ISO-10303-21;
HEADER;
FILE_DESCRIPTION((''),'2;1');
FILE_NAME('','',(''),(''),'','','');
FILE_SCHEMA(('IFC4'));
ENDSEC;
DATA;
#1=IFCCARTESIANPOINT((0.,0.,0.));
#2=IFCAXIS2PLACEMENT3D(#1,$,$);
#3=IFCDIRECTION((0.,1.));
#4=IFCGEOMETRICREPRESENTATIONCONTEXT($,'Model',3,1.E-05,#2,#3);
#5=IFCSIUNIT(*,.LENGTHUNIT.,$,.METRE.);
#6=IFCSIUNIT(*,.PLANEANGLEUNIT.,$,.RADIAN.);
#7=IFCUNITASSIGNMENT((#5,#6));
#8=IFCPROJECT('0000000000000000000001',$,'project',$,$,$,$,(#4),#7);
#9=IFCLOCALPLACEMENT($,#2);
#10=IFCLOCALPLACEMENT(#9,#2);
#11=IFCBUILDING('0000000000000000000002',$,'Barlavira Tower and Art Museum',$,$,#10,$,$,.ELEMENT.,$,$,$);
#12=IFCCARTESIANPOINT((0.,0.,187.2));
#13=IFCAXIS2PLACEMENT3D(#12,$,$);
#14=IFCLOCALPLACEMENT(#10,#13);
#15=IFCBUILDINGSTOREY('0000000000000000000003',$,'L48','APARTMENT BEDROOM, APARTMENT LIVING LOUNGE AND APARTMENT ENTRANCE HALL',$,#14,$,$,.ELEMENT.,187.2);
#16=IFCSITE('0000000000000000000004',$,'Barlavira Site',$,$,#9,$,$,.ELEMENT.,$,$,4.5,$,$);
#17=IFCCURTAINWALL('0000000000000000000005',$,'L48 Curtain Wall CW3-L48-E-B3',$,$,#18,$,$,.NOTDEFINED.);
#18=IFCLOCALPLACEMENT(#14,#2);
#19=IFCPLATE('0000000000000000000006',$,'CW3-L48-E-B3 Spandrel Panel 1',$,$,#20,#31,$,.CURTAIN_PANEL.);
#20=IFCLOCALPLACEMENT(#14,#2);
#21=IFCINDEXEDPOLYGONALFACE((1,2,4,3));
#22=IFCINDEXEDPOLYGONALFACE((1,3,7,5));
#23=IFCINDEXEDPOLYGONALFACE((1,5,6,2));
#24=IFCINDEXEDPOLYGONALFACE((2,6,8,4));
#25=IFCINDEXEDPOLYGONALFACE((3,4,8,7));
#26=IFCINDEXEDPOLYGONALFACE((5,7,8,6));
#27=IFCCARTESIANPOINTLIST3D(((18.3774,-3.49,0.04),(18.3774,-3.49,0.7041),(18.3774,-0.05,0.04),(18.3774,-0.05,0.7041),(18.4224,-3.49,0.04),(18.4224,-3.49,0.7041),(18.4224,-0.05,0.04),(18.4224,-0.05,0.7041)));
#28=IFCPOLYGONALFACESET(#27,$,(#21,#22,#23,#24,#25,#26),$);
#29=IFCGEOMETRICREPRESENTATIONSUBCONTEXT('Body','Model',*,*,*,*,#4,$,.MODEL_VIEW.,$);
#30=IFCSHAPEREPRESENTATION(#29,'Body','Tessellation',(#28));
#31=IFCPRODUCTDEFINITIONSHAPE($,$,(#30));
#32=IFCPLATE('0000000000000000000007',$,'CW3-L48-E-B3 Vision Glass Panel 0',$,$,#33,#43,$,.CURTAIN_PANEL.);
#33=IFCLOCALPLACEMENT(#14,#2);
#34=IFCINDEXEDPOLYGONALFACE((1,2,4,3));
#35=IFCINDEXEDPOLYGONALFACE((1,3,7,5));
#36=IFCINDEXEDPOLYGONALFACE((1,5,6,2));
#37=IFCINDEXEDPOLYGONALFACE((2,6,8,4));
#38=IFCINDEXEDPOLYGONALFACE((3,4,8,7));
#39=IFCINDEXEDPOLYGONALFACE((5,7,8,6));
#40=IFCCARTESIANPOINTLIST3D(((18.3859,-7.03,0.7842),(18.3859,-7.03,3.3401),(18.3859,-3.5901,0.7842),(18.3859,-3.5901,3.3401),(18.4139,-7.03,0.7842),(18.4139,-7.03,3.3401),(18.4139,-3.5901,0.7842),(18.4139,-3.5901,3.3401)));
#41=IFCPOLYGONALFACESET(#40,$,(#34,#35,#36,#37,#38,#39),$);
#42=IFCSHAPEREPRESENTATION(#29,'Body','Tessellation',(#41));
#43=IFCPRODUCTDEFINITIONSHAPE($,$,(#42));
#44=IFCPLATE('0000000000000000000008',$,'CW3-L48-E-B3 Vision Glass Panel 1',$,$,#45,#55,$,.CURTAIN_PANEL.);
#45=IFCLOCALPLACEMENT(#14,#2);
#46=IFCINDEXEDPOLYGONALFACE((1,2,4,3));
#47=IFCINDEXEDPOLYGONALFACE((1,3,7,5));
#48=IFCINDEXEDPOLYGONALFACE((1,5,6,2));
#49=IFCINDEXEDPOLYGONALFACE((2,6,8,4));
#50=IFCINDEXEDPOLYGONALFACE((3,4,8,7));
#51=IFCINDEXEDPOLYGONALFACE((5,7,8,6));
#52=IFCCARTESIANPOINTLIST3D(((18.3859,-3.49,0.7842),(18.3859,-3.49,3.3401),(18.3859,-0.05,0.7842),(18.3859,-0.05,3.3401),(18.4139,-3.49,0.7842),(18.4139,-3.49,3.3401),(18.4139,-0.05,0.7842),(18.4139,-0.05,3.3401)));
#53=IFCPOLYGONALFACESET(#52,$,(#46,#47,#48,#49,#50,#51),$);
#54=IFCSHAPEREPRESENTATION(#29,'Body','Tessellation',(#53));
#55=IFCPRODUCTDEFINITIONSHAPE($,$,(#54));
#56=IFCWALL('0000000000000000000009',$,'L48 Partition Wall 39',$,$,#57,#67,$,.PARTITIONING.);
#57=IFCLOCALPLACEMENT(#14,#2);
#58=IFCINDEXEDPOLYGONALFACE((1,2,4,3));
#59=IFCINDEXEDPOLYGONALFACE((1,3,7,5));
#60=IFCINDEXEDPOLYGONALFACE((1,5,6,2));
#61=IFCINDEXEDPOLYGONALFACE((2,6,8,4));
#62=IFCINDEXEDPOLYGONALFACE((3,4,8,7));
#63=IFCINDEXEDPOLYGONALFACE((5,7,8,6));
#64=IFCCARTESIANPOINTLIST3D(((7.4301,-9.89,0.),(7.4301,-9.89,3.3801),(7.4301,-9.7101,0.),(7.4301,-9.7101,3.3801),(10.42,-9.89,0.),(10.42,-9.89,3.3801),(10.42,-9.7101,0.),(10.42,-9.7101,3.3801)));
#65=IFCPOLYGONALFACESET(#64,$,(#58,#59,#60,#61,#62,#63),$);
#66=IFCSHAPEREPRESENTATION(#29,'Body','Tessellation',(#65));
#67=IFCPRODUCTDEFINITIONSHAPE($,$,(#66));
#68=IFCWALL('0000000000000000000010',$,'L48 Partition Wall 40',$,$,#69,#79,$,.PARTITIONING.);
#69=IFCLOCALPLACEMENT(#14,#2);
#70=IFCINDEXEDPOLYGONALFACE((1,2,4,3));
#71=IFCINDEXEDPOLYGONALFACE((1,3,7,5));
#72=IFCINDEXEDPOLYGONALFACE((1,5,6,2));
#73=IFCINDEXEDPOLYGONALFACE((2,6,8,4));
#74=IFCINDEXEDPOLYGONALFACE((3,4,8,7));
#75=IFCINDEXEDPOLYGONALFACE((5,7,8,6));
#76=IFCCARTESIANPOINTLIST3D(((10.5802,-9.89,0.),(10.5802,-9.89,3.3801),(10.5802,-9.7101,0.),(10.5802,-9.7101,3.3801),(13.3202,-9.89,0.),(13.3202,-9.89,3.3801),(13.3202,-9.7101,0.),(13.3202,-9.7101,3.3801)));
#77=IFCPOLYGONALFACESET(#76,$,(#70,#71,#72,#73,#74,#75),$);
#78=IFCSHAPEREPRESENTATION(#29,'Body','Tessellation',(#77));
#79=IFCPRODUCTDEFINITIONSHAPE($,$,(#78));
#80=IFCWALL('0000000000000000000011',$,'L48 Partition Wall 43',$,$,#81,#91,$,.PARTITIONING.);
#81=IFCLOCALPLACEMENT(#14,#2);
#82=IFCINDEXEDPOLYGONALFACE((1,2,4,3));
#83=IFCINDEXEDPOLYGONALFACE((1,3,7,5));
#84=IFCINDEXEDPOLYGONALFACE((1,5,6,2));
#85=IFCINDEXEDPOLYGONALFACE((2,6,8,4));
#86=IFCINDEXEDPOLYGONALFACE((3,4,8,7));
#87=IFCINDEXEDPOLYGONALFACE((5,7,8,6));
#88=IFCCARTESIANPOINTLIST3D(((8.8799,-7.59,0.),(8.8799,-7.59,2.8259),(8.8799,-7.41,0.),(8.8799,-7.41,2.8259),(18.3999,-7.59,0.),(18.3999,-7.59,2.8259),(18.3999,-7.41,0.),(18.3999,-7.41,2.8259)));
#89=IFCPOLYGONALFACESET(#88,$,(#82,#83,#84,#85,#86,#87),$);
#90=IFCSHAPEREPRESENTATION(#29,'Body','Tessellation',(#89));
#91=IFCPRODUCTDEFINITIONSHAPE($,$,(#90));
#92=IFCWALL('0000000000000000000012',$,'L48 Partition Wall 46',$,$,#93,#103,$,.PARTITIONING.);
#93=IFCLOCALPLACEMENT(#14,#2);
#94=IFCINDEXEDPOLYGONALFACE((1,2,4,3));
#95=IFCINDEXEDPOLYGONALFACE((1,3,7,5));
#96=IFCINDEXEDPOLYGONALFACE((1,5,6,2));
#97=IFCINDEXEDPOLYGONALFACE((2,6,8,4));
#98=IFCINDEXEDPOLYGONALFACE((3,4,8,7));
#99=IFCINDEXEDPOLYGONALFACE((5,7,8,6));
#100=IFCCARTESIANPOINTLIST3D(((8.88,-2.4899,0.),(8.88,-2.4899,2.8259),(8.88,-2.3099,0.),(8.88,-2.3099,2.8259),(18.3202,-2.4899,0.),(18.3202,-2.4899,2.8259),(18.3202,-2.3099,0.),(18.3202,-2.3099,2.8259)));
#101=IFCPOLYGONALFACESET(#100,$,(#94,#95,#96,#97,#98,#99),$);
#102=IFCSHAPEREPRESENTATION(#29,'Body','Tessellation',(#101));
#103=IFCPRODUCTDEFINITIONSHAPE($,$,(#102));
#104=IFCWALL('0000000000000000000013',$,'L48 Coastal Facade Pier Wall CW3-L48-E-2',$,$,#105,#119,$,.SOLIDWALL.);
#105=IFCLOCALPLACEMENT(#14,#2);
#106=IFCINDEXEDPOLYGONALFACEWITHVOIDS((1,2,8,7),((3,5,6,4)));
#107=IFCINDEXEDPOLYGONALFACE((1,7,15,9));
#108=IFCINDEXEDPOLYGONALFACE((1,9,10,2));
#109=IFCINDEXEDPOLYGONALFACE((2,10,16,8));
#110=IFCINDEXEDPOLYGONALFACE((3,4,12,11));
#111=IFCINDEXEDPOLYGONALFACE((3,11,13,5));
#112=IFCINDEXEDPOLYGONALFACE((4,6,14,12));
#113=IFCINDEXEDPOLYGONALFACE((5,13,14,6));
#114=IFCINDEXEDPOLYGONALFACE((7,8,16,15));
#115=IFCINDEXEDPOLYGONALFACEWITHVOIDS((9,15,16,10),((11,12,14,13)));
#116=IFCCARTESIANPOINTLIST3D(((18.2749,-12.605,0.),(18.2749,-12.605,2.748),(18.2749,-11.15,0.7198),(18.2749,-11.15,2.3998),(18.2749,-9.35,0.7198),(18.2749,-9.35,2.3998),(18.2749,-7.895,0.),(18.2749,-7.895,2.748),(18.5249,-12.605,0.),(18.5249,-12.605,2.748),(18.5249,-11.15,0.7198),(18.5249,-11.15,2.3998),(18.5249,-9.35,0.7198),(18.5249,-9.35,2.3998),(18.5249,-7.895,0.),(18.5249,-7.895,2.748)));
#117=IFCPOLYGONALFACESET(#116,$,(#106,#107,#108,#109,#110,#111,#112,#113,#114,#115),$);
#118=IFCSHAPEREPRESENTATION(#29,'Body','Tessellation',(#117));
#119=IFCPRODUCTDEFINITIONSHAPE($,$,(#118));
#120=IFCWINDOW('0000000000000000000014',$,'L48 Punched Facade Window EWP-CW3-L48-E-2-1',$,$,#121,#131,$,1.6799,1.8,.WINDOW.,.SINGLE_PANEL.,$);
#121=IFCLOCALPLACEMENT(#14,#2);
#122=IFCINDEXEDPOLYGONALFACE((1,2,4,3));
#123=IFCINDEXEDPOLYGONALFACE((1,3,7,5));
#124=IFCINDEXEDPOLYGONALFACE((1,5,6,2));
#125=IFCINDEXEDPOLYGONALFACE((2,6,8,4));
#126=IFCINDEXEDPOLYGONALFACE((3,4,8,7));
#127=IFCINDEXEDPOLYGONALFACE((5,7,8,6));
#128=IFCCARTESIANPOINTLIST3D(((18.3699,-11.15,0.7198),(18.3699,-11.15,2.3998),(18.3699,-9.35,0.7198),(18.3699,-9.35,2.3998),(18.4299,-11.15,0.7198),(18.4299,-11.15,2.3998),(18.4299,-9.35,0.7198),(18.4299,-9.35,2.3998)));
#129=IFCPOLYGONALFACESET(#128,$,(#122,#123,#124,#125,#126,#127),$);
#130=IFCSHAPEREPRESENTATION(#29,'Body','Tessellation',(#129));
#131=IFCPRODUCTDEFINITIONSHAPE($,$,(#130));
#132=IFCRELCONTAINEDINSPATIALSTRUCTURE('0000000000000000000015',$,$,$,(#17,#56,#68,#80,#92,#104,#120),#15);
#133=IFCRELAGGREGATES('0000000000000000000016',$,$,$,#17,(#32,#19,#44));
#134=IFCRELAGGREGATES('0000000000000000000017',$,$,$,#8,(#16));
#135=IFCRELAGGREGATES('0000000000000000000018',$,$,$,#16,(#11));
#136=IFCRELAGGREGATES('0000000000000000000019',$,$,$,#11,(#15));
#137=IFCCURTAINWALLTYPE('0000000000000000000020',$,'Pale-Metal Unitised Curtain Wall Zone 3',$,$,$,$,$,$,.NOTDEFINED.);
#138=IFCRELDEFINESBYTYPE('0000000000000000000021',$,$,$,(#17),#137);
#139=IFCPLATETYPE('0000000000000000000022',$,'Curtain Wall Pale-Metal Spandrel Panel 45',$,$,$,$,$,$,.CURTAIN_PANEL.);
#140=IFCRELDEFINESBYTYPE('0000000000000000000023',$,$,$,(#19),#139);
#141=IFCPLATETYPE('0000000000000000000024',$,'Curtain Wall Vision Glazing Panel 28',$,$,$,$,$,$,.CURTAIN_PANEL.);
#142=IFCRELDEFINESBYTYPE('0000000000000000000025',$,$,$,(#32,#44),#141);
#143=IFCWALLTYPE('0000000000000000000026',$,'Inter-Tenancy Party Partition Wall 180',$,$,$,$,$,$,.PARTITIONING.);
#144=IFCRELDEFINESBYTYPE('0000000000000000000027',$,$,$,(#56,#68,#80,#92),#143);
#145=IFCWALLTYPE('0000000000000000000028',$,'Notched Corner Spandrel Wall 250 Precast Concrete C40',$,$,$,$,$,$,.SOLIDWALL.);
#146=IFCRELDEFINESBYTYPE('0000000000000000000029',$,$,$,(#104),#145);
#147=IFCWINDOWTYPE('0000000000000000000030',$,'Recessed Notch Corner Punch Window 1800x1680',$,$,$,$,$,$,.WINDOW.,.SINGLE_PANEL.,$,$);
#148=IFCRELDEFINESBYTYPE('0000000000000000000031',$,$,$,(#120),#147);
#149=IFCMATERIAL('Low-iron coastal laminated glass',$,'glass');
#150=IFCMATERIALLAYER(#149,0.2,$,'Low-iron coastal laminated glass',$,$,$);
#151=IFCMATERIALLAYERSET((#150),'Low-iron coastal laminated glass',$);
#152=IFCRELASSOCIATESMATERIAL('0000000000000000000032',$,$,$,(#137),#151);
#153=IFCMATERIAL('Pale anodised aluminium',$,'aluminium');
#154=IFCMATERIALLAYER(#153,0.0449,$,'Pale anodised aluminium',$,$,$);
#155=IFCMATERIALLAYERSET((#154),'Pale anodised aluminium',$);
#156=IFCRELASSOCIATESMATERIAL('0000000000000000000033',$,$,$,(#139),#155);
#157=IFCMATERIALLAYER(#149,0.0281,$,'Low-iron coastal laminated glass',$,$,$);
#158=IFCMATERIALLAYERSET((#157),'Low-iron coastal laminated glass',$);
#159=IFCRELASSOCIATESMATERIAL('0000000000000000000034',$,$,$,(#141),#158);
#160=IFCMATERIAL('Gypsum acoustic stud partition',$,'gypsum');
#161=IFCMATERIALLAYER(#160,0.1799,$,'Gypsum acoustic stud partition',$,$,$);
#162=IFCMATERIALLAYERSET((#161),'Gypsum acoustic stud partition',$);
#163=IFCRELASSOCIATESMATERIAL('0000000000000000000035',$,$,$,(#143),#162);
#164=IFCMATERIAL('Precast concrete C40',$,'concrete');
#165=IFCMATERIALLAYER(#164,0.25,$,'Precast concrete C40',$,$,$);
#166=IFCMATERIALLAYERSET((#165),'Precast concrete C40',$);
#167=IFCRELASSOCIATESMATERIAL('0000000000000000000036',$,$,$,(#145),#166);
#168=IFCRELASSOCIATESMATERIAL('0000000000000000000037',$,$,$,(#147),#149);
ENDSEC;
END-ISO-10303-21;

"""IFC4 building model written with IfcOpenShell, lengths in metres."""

from ifc_helpers import new_model, si_unit, direction, frame, frame_2d, origin, origin_2d, place, context, subcontext, project, spatial, rectangle, extrude, material, layer, layer_set, type_object, element, fill, aggregate, save


model = new_model("IFC4")

# Units and contexts
model_context = context("Model", 3, precision=1e-05, world=origin(), true_north=direction((0.0, 1.0)))
body_context = subcontext(model_context, "Body", "Model", "MODEL_VIEW")
ifc_project = project(units=[si_unit("LENGTHUNIT", "METRE"), si_unit("PLANEANGLEUNIT", "RADIAN")], contexts=[model_context])

# Site, building, storey
site_placement = place(None, origin())
site = spatial("IfcSite", under=ifc_project, at=site_placement, Name="Barlavira Site", CompositionType="ELEMENT", RefElevation=4.5)
building_placement = place(site_placement, origin())
building = spatial("IfcBuilding", under=site, at=building_placement, Name="Barlavira Tower and Art Museum", CompositionType="ELEMENT")
storey_placement = place(building_placement, frame((0.0, 0.0, 187.2)))
storey = spatial("IfcBuildingStorey", under=building, at=storey_placement, Name="L48", Description="APARTMENT BEDROOM, APARTMENT LIVING LOUNGE AND APARTMENT ENTRANCE HALL", CompositionType="ELEMENT", Elevation=187.2)

# Curtain wall
ifc_material_1 = material(Name="Low-iron coastal laminated glass", Category="glass")
ifc_layer_1 = layer(ifc_material_1, 0.2, Name="Low-iron coastal laminated glass")
ifc_layer_set_1 = layer_set([ifc_layer_1], Name="Low-iron coastal laminated glass")
curtain_wall_type = type_object("IfcCurtainWallType", Name="Pale-Metal Unitised Curtain Wall Zone 3", PredefinedType="NOTDEFINED", material=ifc_layer_set_1)
curtain_wall_placement = place(storey_placement, origin())
curtain_wall = element("IfcCurtainWall", 1, at=curtain_wall_placement, inside=storey, type_object=curtain_wall_type, Name="L48 Curtain Wall CW3-L48-E-B3", PredefinedType="NOTDEFINED")
ifc_material_2 = material(Name="Pale anodised aluminium", Category="aluminium")

# Plates
ifc_layer_2 = layer(ifc_material_2, 0.0449, Name="Pale anodised aluminium")
ifc_layer_set_2 = layer_set([ifc_layer_2], Name="Pale anodised aluminium")
plate_type_1 = type_object("IfcPlateType", Name="Curtain Wall Pale-Metal Spandrel Panel 45", PredefinedType="CURTAIN_PANEL", material=ifc_layer_set_2)
plate_1_placement = place(storey_placement, frame((18.3999, -1.77, 0.04), z_axis=(0.0, 0.0, 1.0), x_axis=(0.0, 1.0, 0.0)))
plate_1 = element("IfcPlate", 2, at=plate_1_placement, type_object=plate_type_1, Name="CW3-L48-E-B3 Spandrel Panel 1", PredefinedType="CURTAIN_PANEL", context=body_context, shape_type="SweptSolid", body=[
    extrude(rectangle(XDim=3.4399, YDim=0.0449, at=origin_2d()), origin(), (0.0, 0.0, 1.0), 0.6641),
])
ifc_layer_3 = layer(ifc_material_1, 0.0281, Name="Low-iron coastal laminated glass")
ifc_layer_set_3 = layer_set([ifc_layer_3], Name="Low-iron coastal laminated glass")
plate_type_2 = type_object("IfcPlateType", Name="Curtain Wall Vision Glazing Panel 28", PredefinedType="CURTAIN_PANEL", material=ifc_layer_set_3)
plate_2_placement = place(storey_placement, frame((18.3999, -5.3101, 0.7842), z_axis=(0.0, 0.0, 1.0), x_axis=(0.0, 1.0, 0.0)))
plate_2 = element("IfcPlate", 3, at=plate_2_placement, type_object=plate_type_2, Name="CW3-L48-E-B3 Vision Glass Panel 0", PredefinedType="CURTAIN_PANEL", context=body_context, shape_type="SweptSolid", body=[
    extrude(rectangle(XDim=3.4399, YDim=0.0281, at=origin_2d()), origin(), (0.0, 0.0, 1.0), 2.5559),
])
plate_3_placement = place(storey_placement, frame((18.3999, -1.77, 0.7842), z_axis=(0.0, 0.0, 1.0), x_axis=(0.0, 1.0, 0.0)))
plate_3 = element("IfcPlate", 4, at=plate_3_placement, type_object=plate_type_2, Name="CW3-L48-E-B3 Vision Glass Panel 1", PredefinedType="CURTAIN_PANEL", context=body_context, shape_type="SweptSolid", body=[
    extrude(rectangle(XDim=3.4399, YDim=0.0281, at=origin_2d()), origin(), (0.0, 0.0, 1.0), 2.5559),
])
aggregate(curtain_wall, [plate_2, plate_1, plate_3])

# Shared definitions
ifc_material_3 = material(Name="Gypsum acoustic stud partition", Category="gypsum")
ifc_layer_4 = layer(ifc_material_3, 0.1799, Name="Gypsum acoustic stud partition")
ifc_layer_set_4 = layer_set([ifc_layer_4], Name="Gypsum acoustic stud partition")
wall_type_1 = type_object("IfcWallType", Name="Inter-Tenancy Party Partition Wall 180", PredefinedType="PARTITIONING", material=ifc_layer_set_4)

# Walls
wall_1_placement = place(storey_placement, frame((7.4299, -9.8, 0.0), z_axis=(0.0, 0.0, 1.0), x_axis=(1.0, 0.0, 0.0)))
element("IfcWall", 5, at=wall_1_placement, inside=storey, type_object=wall_type_1, Name="L48 Partition Wall 39", PredefinedType="PARTITIONING", context=body_context, shape_type="SweptSolid", body=[
    extrude(rectangle(XDim=2.99, YDim=0.1799, at=frame_2d((1.4951, 0.0))), origin(), (0.0, 0.0, 1.0), 3.3801),
])
wall_2_placement = place(storey_placement, frame((10.5801, -9.8, 0.0), z_axis=(0.0, 0.0, 1.0), x_axis=(1.0, 0.0, 0.0)))
element("IfcWall", 6, at=wall_2_placement, inside=storey, type_object=wall_type_1, Name="L48 Partition Wall 40", PredefinedType="PARTITIONING", context=body_context, shape_type="SweptSolid", body=[
    extrude(rectangle(XDim=2.74, YDim=0.1799, at=frame_2d((1.3701, 0.0))), origin(), (0.0, 0.0, 1.0), 3.3801),
])
wall_3_placement = place(storey_placement, frame((8.8799, -7.5, 0.0), z_axis=(0.0, 0.0, 1.0), x_axis=(1.0, 0.0, 0.0)))
element("IfcWall", 7, at=wall_3_placement, inside=storey, type_object=wall_type_1, Name="L48 Partition Wall 43", PredefinedType="PARTITIONING", context=body_context, shape_type="SweptSolid", body=[
    extrude(rectangle(XDim=9.52, YDim=0.1799, at=frame_2d((4.76, 0.0))), origin(), (0.0, 0.0, 1.0), 2.8259),
])
wall_4_placement = place(storey_placement, frame((8.8799, -2.3999, 0.0), z_axis=(0.0, 0.0, 1.0), x_axis=(1.0, 0.0, 0.0)))
element("IfcWall", 8, at=wall_4_placement, inside=storey, type_object=wall_type_1, Name="L48 Partition Wall 46", PredefinedType="PARTITIONING", context=body_context, shape_type="SweptSolid", body=[
    extrude(rectangle(XDim=9.4402, YDim=0.1799, at=frame_2d((4.7202, 0.0))), origin(), (0.0, 0.0, 1.0), 2.8259),
])

# Wall, opening, window
ifc_material_4 = material(Name="Precast concrete C40", Category="concrete")
ifc_layer_5 = layer(ifc_material_4, 0.25, Name="Precast concrete C40")
ifc_layer_set_5 = layer_set([ifc_layer_5], Name="Precast concrete C40")
wall_type_2 = type_object("IfcWallType", Name="Notched Corner Spandrel Wall 250 Precast Concrete C40", PredefinedType="SOLIDWALL", material=ifc_layer_set_5)
wall_5_placement = place(storey_placement, frame((18.3999, -12.605, 0.0), z_axis=(0.0, 0.0, 1.0), x_axis=(0.0, 1.0, 0.0)))
wall_5 = element("IfcWall", 9, at=wall_5_placement, inside=storey, type_object=wall_type_2, Name="L48 Coastal Facade Pier Wall CW3-L48-E-2", PredefinedType="SOLIDWALL", context=body_context, shape_type="SweptSolid", body=[
    extrude(rectangle(XDim=4.71, YDim=0.25, at=frame_2d((2.355, 0.0))), origin(), (0.0, 0.0, 1.0), 2.748),
])
opening_1_placement = place(wall_5_placement, frame((1.4551, 0.0, 0.72)))
opening_1 = element("IfcOpeningElement", 10, at=opening_1_placement, cuts=wall_5, PredefinedType="OPENING", context=body_context, shape_type="SweptSolid", body=[
    extrude(rectangle(XDim=1.8, YDim=1.6799, at=frame_2d((0.8999, 0.8398))), frame((0.0, 0.135, 0.0), z_axis=(0.0, -1.0, 0.0), x_axis=(1.0, 0.0, 0.0)), (0.0, 0.0, 1.0), 0.27),
])
window_type = type_object("IfcWindowType", Name="Recessed Notch Corner Punch Window 1800x1680", PartitioningType="SINGLE_PANEL", PredefinedType="WINDOW", material=ifc_material_1)
window_placement = place(opening_1_placement, origin())
window = element("IfcWindow", 11, at=window_placement, inside=storey, type_object=window_type, Name="L48 Punched Facade Window EWP-CW3-L48-E-2-1", OverallHeight=1.6799, OverallWidth=1.8, PartitioningType="SINGLE_PANEL", PredefinedType="WINDOW", context=body_context, shape_type="SweptSolid", body=[
    extrude(rectangle(XDim=1.8, YDim=1.6799, at=frame_2d((0.8999, 0.8398))), frame((0.0, 0.03, 0.0), z_axis=(0.0, -1.0, 0.0), x_axis=(1.0, 0.0, 0.0)), (0.0, 0.0, 1.0), 0.0601),
])
fill(opening_1, window)

save(model, "model.ifc")
